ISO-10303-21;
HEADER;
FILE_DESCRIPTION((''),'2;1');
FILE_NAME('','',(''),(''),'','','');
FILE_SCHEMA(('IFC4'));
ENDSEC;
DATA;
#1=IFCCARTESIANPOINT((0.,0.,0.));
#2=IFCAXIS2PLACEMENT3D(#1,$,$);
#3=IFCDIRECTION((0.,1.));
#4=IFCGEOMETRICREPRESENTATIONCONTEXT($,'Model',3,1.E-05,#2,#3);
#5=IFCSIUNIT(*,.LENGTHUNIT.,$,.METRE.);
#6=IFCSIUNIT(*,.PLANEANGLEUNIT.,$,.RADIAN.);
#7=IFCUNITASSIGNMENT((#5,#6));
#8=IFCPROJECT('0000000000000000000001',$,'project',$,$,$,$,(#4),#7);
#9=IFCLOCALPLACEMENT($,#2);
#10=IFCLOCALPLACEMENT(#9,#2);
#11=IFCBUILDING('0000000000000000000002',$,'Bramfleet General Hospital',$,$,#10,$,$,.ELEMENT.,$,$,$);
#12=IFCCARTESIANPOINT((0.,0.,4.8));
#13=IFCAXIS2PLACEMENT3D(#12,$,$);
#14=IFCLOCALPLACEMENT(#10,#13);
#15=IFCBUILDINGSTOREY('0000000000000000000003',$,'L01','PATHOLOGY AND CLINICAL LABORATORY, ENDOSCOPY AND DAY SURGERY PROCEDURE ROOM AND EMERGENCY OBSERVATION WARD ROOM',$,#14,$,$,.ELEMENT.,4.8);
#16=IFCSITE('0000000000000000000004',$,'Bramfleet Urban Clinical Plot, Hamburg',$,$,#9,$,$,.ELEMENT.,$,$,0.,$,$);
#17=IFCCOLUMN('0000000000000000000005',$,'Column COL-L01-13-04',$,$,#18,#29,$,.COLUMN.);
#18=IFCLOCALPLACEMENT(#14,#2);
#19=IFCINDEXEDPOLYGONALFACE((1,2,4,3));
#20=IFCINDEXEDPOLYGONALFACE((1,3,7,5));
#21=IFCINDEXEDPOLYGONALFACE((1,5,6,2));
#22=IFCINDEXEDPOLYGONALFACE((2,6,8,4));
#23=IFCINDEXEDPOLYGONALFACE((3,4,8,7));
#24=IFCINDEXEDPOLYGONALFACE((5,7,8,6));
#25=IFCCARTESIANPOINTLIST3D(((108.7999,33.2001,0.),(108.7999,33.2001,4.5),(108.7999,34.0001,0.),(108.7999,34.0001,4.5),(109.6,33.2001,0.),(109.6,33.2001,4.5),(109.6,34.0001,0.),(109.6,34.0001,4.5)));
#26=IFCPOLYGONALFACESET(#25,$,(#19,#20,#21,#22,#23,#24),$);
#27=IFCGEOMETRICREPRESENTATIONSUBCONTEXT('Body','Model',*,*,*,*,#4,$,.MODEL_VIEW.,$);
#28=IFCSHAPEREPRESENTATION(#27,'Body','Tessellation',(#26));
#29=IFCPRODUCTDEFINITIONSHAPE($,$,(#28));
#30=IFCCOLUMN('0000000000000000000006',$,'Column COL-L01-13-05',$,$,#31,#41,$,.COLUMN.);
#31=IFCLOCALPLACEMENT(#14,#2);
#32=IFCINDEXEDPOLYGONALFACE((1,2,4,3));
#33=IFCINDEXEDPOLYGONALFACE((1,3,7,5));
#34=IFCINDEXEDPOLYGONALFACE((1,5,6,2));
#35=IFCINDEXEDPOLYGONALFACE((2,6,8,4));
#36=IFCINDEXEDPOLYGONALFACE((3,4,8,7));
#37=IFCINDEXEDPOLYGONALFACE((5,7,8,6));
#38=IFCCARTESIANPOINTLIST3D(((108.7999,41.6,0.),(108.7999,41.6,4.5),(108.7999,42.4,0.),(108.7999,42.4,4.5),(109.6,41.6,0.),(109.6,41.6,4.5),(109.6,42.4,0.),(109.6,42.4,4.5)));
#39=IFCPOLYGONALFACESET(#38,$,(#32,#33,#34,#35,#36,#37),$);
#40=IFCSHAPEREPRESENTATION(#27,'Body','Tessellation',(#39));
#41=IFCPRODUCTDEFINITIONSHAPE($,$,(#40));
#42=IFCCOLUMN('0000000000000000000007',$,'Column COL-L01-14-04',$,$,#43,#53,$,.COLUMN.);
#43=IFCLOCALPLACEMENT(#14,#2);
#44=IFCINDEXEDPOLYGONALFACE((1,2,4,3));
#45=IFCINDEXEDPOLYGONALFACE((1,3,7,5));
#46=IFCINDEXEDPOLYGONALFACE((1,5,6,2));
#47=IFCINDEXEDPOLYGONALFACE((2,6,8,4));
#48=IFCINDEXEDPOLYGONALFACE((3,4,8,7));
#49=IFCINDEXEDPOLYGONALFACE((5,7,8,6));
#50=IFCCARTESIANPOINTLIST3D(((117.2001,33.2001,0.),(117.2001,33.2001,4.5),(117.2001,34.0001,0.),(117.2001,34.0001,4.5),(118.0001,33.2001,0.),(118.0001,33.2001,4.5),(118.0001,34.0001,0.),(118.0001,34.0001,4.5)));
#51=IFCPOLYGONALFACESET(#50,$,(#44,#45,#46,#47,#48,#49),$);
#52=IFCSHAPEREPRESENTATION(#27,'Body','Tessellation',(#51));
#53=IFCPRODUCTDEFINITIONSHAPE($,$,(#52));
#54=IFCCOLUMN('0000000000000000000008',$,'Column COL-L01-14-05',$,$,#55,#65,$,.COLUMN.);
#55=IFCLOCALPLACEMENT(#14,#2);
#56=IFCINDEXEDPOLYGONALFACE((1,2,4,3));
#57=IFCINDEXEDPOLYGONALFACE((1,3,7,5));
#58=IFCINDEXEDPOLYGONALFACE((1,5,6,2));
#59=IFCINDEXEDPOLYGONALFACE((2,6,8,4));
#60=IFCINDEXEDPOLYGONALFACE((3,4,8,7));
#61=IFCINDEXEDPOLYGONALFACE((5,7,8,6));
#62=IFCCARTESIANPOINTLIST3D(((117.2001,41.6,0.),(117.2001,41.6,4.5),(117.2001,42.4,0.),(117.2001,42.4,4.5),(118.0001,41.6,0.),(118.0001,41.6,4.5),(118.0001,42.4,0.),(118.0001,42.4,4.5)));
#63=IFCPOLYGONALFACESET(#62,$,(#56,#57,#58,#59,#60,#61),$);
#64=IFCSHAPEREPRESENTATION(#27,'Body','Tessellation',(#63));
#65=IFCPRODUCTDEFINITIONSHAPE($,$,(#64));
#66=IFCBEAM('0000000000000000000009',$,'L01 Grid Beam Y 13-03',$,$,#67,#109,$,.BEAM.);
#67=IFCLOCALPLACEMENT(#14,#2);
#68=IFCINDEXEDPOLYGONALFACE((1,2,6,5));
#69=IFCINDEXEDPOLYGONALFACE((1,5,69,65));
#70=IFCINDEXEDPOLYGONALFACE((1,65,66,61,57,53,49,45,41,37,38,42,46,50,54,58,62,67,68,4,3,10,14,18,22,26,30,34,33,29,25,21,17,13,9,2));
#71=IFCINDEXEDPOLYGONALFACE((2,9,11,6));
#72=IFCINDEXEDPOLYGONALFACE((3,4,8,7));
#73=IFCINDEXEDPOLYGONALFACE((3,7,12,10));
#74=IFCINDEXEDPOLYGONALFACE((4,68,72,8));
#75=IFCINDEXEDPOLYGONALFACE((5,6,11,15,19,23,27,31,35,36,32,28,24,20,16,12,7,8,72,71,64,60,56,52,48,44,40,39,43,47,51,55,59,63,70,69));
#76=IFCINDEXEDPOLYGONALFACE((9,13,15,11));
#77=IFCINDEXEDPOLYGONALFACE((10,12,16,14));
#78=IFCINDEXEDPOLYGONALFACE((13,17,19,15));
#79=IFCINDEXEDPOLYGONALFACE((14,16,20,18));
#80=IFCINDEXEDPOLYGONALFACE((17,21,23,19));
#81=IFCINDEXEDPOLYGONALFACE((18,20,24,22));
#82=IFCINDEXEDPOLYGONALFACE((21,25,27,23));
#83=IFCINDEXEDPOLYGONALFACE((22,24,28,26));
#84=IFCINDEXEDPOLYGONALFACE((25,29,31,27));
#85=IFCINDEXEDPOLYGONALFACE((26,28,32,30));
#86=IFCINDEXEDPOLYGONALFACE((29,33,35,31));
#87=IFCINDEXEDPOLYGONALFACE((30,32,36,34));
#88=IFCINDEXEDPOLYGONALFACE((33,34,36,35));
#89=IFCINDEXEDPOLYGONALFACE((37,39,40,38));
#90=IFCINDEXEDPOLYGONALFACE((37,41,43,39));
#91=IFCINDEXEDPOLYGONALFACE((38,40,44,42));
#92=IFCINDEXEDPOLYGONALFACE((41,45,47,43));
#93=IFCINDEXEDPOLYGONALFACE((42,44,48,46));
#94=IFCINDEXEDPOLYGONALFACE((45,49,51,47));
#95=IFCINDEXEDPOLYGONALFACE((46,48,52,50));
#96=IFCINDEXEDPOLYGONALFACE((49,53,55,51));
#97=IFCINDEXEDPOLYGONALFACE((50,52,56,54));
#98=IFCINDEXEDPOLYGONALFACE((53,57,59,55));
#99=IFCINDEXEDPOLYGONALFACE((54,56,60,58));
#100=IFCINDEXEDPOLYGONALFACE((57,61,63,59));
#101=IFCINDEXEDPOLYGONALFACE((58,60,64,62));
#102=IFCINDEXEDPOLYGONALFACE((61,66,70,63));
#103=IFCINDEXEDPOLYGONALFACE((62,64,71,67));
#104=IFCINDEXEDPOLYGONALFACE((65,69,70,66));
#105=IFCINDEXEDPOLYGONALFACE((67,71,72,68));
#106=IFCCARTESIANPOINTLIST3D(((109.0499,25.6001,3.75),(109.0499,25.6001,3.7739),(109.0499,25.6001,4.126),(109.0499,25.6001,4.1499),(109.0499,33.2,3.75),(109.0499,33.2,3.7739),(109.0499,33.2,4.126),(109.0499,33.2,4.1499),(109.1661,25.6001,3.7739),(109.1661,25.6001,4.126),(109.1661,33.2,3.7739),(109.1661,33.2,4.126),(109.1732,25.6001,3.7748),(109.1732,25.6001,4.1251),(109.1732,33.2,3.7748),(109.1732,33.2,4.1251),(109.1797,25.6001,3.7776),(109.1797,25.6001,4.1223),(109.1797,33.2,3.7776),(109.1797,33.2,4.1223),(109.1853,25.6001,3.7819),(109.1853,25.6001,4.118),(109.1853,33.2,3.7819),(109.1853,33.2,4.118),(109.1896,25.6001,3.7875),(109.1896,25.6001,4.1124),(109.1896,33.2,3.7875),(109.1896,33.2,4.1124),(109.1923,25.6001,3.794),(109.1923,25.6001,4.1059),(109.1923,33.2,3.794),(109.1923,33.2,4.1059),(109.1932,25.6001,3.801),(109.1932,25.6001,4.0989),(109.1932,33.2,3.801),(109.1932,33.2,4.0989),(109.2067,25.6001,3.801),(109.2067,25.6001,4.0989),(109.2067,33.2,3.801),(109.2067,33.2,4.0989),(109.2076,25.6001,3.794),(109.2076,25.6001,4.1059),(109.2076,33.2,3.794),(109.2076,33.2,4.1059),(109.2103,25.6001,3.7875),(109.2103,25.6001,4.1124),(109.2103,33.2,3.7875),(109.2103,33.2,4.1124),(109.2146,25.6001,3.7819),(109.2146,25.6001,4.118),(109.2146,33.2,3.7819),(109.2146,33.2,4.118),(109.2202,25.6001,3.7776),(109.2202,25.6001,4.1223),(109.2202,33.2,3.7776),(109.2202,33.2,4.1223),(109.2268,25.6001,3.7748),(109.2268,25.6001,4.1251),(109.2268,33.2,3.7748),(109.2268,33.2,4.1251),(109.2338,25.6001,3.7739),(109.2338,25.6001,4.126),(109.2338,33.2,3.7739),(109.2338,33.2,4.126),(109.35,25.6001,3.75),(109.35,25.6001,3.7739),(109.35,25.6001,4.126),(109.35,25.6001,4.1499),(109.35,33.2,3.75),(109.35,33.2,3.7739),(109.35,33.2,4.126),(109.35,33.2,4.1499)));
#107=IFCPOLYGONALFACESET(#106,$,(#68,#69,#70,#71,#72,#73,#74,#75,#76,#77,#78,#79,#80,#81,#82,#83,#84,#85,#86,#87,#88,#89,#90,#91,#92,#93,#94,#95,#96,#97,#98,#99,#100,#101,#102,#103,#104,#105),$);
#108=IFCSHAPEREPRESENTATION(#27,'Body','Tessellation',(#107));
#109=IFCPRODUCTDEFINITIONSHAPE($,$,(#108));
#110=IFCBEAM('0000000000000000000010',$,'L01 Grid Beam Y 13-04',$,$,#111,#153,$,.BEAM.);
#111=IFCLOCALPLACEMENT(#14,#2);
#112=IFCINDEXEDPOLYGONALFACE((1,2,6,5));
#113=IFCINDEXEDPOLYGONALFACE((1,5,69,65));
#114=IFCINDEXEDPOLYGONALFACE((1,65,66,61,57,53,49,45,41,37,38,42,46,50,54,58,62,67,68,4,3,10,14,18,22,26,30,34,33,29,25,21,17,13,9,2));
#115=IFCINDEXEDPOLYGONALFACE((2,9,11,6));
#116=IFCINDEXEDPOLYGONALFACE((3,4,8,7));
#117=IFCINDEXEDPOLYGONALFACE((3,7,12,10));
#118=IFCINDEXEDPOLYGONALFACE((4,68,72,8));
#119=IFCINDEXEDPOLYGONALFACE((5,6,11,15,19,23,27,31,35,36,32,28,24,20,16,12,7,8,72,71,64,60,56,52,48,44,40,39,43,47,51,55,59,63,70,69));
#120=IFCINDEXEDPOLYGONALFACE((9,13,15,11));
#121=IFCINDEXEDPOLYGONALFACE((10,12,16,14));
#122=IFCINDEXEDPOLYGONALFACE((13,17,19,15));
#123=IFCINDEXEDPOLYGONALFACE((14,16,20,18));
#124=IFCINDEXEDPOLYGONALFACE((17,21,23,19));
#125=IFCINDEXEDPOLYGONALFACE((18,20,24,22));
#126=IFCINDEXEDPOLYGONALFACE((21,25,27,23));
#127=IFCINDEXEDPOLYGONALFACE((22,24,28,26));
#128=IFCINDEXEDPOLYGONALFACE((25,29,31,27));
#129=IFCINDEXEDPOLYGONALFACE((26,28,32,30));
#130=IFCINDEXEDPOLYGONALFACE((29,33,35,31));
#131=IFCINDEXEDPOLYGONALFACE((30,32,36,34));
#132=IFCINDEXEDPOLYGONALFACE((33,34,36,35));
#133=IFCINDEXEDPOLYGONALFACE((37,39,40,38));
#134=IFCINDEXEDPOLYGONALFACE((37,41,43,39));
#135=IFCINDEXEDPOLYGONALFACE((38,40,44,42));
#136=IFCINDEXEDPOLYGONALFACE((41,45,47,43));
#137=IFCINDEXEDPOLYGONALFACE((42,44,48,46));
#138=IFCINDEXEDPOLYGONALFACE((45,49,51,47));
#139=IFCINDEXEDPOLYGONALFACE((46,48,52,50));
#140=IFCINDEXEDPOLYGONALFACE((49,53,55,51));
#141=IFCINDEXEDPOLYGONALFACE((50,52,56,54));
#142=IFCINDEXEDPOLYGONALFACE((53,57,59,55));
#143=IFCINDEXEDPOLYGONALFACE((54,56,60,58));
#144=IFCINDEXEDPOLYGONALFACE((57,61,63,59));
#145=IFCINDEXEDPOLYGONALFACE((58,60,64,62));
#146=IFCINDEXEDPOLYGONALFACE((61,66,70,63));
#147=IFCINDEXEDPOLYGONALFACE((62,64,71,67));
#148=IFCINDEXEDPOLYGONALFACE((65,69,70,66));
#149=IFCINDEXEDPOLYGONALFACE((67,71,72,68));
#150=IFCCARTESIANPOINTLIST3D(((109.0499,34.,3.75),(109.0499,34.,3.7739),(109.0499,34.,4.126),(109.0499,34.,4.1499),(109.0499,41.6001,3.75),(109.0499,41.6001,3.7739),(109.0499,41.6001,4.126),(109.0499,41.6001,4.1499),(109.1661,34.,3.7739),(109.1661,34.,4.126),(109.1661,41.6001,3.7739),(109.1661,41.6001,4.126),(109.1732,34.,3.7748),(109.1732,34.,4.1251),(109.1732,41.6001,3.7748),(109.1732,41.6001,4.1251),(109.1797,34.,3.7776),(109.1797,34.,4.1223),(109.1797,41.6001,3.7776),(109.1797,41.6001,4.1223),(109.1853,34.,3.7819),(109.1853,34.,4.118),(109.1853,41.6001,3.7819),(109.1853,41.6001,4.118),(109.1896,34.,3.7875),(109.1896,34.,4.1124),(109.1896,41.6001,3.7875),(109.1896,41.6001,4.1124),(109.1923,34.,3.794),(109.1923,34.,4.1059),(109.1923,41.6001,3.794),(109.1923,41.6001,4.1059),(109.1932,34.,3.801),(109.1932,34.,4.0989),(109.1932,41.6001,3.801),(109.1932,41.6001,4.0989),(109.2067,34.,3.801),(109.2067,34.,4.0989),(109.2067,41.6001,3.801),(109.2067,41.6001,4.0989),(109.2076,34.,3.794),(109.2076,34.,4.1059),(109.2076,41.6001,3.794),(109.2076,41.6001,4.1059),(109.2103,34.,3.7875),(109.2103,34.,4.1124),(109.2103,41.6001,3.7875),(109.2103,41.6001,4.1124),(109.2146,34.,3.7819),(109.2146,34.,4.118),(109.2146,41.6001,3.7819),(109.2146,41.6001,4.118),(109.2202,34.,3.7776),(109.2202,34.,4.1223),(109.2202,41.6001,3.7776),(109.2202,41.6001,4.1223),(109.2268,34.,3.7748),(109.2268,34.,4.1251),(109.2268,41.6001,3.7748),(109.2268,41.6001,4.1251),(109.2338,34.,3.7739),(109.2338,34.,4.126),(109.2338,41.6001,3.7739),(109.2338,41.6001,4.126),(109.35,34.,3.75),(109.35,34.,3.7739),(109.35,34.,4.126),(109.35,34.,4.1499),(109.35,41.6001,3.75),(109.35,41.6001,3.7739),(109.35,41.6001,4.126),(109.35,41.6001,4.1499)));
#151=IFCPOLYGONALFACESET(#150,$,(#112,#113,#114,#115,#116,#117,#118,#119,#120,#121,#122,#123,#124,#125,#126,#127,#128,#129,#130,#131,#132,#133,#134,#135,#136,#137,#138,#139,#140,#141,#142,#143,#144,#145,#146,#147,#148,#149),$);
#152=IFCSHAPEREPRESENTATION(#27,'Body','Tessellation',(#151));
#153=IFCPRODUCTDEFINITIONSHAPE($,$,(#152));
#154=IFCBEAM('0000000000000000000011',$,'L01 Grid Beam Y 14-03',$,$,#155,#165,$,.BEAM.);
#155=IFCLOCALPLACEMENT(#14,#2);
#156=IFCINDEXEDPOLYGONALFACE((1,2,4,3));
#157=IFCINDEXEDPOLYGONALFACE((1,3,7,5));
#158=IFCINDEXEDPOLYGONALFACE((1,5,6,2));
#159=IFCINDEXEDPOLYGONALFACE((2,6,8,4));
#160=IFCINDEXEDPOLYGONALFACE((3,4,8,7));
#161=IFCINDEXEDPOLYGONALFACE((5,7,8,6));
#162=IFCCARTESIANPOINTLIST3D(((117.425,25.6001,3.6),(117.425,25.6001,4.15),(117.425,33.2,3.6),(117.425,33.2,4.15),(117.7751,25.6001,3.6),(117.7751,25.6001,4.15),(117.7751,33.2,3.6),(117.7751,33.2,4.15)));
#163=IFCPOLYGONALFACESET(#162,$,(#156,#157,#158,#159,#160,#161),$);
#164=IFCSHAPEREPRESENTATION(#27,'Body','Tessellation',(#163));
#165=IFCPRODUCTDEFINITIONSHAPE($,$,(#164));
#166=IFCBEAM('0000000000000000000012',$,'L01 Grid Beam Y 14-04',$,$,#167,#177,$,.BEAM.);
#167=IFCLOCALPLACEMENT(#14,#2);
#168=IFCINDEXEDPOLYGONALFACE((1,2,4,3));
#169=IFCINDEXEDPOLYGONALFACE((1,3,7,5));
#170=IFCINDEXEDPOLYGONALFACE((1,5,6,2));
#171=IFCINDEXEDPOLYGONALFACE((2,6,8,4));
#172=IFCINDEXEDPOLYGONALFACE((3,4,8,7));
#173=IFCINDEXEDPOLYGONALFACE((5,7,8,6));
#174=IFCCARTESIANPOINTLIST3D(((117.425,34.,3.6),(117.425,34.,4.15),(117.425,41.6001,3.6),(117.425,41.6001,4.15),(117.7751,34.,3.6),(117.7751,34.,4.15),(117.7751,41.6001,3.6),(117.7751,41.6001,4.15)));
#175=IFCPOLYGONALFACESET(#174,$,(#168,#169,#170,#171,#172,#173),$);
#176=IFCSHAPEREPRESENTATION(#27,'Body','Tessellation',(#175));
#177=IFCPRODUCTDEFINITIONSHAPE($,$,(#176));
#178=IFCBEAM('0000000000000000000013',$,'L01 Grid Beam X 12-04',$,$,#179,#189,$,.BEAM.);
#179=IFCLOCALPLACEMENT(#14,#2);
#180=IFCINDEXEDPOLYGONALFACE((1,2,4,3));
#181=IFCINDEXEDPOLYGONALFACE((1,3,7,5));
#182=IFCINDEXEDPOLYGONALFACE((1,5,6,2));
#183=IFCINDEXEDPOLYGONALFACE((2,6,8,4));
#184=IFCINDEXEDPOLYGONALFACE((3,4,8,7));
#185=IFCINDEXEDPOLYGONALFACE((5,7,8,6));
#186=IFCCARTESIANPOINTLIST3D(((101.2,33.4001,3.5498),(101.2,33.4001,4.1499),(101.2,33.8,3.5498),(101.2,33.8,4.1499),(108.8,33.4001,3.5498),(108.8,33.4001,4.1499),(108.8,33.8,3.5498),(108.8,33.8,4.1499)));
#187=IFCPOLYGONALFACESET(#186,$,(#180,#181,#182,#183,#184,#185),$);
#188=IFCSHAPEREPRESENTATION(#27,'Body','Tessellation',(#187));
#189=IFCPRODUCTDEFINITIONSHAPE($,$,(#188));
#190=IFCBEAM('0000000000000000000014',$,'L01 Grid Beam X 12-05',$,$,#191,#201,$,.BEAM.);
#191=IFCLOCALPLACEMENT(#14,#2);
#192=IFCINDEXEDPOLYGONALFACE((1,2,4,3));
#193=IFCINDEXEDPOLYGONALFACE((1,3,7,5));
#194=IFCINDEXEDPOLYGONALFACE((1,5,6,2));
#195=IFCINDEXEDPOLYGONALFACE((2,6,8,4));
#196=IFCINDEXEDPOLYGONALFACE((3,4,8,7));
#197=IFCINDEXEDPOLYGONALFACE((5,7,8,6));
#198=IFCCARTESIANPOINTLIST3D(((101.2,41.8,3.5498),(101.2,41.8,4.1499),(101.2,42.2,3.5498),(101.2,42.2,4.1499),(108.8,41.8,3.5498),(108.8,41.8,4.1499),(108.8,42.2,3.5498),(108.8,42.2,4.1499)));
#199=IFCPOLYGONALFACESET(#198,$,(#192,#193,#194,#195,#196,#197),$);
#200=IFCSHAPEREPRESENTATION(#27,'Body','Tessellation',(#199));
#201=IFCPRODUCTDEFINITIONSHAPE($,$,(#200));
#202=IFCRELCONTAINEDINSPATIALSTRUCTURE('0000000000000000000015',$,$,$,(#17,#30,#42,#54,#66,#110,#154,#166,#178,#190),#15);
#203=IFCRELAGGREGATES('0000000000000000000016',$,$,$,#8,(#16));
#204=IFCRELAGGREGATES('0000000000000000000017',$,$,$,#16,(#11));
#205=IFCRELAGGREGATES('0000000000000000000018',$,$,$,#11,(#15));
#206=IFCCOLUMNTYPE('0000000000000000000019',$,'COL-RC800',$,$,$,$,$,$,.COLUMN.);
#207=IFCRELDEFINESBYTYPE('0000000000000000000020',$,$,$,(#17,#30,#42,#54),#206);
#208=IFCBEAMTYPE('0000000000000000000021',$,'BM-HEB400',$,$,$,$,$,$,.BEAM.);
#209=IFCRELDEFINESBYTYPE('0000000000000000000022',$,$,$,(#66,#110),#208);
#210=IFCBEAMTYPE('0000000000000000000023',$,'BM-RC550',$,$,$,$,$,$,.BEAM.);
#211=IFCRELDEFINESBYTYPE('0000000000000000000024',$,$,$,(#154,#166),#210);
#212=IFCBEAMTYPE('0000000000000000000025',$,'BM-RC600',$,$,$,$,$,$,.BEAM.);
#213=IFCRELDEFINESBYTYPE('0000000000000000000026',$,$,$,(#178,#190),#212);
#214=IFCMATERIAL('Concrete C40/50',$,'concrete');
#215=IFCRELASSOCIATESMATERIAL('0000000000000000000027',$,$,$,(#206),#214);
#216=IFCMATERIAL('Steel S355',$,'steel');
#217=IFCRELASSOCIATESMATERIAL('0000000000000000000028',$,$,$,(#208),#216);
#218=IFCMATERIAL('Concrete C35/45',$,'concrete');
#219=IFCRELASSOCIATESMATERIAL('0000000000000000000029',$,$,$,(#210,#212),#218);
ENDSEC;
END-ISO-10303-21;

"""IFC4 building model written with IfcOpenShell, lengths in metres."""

from ifc_helpers import new_model, si_unit, direction, frame, origin, origin_2d, place, context, subcontext, project, spatial, rectangle, i_section, extrude, material, material_profile, profile_set, type_object, element, save


model = new_model("IFC4")

# Units and contexts
model_context = context("Model", 3, precision=1e-05, world=origin(), true_north=direction((0.0, 1.0)))
body_context = subcontext(model_context, "Body", "Model", "MODEL_VIEW")
ifc_project = project(units=[si_unit("LENGTHUNIT", "METRE"), si_unit("PLANEANGLEUNIT", "RADIAN")], contexts=[model_context])

# Site, building, storey
site_placement = place(None, origin())
site = spatial("IfcSite", under=ifc_project, at=site_placement, Name="Bramfleet Urban Clinical Plot, Hamburg", CompositionType="ELEMENT", RefElevation=0.0)
building_placement = place(site_placement, origin())
building = spatial("IfcBuilding", under=site, at=building_placement, Name="Bramfleet General Hospital", CompositionType="ELEMENT")
storey_placement = place(building_placement, frame((0.0, 0.0, 4.8)))
storey = spatial("IfcBuildingStorey", under=building, at=storey_placement, Name="L01", Description="PATHOLOGY AND CLINICAL LABORATORY, ENDOSCOPY AND DAY SURGERY PROCEDURE ROOM AND EMERGENCY OBSERVATION WARD ROOM", CompositionType="ELEMENT", Elevation=4.8)

# Columns
ifc_material_1 = material(Name="Concrete C40/50", Category="concrete")
ifc_material_profile_1 = material_profile(ifc_material_1, rectangle(XDim=0.8, YDim=0.8, at=origin_2d()), Name="RC COL 800x800")
ifc_profile_set_1 = profile_set([ifc_material_profile_1], Name="Concrete C40/50")
column_type = type_object("IfcColumnType", Name="COL-RC800", PredefinedType="COLUMN", material=ifc_profile_set_1)
for number, where, z_axis, x_axis, name in (
    (1, (109.2, 33.6001, 0.0), (0.0, 0.0, 1.0), (1.0, 0.0, 0.0), "Column COL-L01-13-04"),
    (2, (109.2, 42.0, 0.0), (0.0, 0.0, 1.0), (1.0, 0.0, 0.0), "Column COL-L01-13-05"),
    (3, (117.6001, 33.6001, 0.0), (0.0, 0.0, 1.0), (1.0, 0.0, 0.0), "Column COL-L01-14-04"),
    (4, (117.6001, 42.0, 0.0), (0.0, 0.0, 1.0), (1.0, 0.0, 0.0), "Column COL-L01-14-05"),
):
    element("IfcColumn", number, at=place(storey_placement, frame(where, z_axis=z_axis, x_axis=x_axis)), inside=storey, type_object=column_type, Name=name, PredefinedType="COLUMN", context=body_context, shape_type="SweptSolid", body=[
        extrude(rectangle(XDim=0.8, YDim=0.8, at=origin_2d()), origin(), (0.0, 0.0, 1.0), 4.5),
    ])

# Beams
ifc_material_2 = material(Name="Steel S355", Category="steel")
ifc_material_profile_2 = material_profile(ifc_material_2, i_section(OverallWidth=0.3, OverallDepth=0.3999, WebThickness=0.0134, FlangeThickness=0.0239, FilletRadius=0.0271, at=origin_2d()), Name="HEB 400")
ifc_profile_set_2 = profile_set([ifc_material_profile_2], Name="Steel S355")
beam_type_1 = type_object("IfcBeamType", Name="BM-HEB400", PredefinedType="BEAM", material=ifc_profile_set_2)
beam_1_placement = place(storey_placement, frame((109.2, 25.6001, 3.95), z_axis=(0.0, 1.0, 0.0), x_axis=(-1.0, 0.0, 0.0)))
element("IfcBeam", 5, at=beam_1_placement, inside=storey, type_object=beam_type_1, Name="L01 Grid Beam Y 13-03", PredefinedType="BEAM", context=body_context, shape_type="SweptSolid", body=[
    extrude(i_section(OverallWidth=0.3, OverallDepth=0.3999, WebThickness=0.0134, FlangeThickness=0.0239, FilletRadius=0.0271, at=origin_2d()), origin(), (0.0, 0.0, 1.0), 7.5999),
])
beam_2_placement = place(storey_placement, frame((109.2, 34.0, 3.95), z_axis=(0.0, 1.0, 0.0), x_axis=(-1.0, 0.0, 0.0)))
element("IfcBeam", 6, at=beam_2_placement, inside=storey, type_object=beam_type_1, Name="L01 Grid Beam Y 13-04", PredefinedType="BEAM", context=body_context, shape_type="SweptSolid", body=[
    extrude(i_section(OverallWidth=0.3, OverallDepth=0.3999, WebThickness=0.0134, FlangeThickness=0.0239, FilletRadius=0.0271, at=origin_2d()), origin(), (0.0, 0.0, 1.0), 7.6001),
])
ifc_material_3 = material(Name="Concrete C35/45", Category="concrete")
ifc_material_profile_3 = material_profile(ifc_material_3, rectangle(XDim=0.3501, YDim=0.55, at=origin_2d()), Name="RC BM 550x350")
ifc_profile_set_3 = profile_set([ifc_material_profile_3], Name="Concrete C35/45")
beam_type_2 = type_object("IfcBeamType", Name="BM-RC550", PredefinedType="BEAM", material=ifc_profile_set_3)
beam_3_placement = place(storey_placement, frame((117.6001, 25.6001, 3.875), z_axis=(0.0, 1.0, 0.0), x_axis=(-1.0, 0.0, 0.0)))
element("IfcBeam", 7, at=beam_3_placement, inside=storey, type_object=beam_type_2, Name="L01 Grid Beam Y 14-03", PredefinedType="BEAM", context=body_context, shape_type="SweptSolid", body=[
    extrude(rectangle(XDim=0.3501, YDim=0.55, at=origin_2d()), origin(), (0.0, 0.0, 1.0), 7.5999),
])
beam_4_placement = place(storey_placement, frame((117.6001, 34.0, 3.875), z_axis=(0.0, 1.0, 0.0), x_axis=(-1.0, 0.0, 0.0)))
element("IfcBeam", 8, at=beam_4_placement, inside=storey, type_object=beam_type_2, Name="L01 Grid Beam Y 14-04", PredefinedType="BEAM", context=body_context, shape_type="SweptSolid", body=[
    extrude(rectangle(XDim=0.3501, YDim=0.55, at=origin_2d()), origin(), (0.0, 0.0, 1.0), 7.6001),
])
ifc_material_profile_4 = material_profile(ifc_material_3, rectangle(XDim=0.3999, YDim=0.6001, at=origin_2d()), Name="RC BM 600x400")
ifc_profile_set_4 = profile_set([ifc_material_profile_4], Name="Concrete C35/45")
beam_type_3 = type_object("IfcBeamType", Name="BM-RC600", PredefinedType="BEAM", material=ifc_profile_set_4)
for number, where, z_axis, x_axis, name in (
    (9, (101.2, 33.6001, 3.8499), (1.0, 0.0, 0.0), (0.0, 1.0, 0.0), "L01 Grid Beam X 12-04"),
    (10, (101.2, 42.0, 3.8499), (1.0, 0.0, 0.0), (0.0, 1.0, 0.0), "L01 Grid Beam X 12-05"),
):
    element("IfcBeam", number, at=place(storey_placement, frame(where, z_axis=z_axis, x_axis=x_axis)), inside=storey, type_object=beam_type_3, Name=name, PredefinedType="BEAM", context=body_context, shape_type="SweptSolid", body=[
        extrude(rectangle(XDim=0.3999, YDim=0.6001, at=origin_2d()), origin(), (0.0, 0.0, 1.0), 7.6001),
    ])

save(model, "model.ifc")
